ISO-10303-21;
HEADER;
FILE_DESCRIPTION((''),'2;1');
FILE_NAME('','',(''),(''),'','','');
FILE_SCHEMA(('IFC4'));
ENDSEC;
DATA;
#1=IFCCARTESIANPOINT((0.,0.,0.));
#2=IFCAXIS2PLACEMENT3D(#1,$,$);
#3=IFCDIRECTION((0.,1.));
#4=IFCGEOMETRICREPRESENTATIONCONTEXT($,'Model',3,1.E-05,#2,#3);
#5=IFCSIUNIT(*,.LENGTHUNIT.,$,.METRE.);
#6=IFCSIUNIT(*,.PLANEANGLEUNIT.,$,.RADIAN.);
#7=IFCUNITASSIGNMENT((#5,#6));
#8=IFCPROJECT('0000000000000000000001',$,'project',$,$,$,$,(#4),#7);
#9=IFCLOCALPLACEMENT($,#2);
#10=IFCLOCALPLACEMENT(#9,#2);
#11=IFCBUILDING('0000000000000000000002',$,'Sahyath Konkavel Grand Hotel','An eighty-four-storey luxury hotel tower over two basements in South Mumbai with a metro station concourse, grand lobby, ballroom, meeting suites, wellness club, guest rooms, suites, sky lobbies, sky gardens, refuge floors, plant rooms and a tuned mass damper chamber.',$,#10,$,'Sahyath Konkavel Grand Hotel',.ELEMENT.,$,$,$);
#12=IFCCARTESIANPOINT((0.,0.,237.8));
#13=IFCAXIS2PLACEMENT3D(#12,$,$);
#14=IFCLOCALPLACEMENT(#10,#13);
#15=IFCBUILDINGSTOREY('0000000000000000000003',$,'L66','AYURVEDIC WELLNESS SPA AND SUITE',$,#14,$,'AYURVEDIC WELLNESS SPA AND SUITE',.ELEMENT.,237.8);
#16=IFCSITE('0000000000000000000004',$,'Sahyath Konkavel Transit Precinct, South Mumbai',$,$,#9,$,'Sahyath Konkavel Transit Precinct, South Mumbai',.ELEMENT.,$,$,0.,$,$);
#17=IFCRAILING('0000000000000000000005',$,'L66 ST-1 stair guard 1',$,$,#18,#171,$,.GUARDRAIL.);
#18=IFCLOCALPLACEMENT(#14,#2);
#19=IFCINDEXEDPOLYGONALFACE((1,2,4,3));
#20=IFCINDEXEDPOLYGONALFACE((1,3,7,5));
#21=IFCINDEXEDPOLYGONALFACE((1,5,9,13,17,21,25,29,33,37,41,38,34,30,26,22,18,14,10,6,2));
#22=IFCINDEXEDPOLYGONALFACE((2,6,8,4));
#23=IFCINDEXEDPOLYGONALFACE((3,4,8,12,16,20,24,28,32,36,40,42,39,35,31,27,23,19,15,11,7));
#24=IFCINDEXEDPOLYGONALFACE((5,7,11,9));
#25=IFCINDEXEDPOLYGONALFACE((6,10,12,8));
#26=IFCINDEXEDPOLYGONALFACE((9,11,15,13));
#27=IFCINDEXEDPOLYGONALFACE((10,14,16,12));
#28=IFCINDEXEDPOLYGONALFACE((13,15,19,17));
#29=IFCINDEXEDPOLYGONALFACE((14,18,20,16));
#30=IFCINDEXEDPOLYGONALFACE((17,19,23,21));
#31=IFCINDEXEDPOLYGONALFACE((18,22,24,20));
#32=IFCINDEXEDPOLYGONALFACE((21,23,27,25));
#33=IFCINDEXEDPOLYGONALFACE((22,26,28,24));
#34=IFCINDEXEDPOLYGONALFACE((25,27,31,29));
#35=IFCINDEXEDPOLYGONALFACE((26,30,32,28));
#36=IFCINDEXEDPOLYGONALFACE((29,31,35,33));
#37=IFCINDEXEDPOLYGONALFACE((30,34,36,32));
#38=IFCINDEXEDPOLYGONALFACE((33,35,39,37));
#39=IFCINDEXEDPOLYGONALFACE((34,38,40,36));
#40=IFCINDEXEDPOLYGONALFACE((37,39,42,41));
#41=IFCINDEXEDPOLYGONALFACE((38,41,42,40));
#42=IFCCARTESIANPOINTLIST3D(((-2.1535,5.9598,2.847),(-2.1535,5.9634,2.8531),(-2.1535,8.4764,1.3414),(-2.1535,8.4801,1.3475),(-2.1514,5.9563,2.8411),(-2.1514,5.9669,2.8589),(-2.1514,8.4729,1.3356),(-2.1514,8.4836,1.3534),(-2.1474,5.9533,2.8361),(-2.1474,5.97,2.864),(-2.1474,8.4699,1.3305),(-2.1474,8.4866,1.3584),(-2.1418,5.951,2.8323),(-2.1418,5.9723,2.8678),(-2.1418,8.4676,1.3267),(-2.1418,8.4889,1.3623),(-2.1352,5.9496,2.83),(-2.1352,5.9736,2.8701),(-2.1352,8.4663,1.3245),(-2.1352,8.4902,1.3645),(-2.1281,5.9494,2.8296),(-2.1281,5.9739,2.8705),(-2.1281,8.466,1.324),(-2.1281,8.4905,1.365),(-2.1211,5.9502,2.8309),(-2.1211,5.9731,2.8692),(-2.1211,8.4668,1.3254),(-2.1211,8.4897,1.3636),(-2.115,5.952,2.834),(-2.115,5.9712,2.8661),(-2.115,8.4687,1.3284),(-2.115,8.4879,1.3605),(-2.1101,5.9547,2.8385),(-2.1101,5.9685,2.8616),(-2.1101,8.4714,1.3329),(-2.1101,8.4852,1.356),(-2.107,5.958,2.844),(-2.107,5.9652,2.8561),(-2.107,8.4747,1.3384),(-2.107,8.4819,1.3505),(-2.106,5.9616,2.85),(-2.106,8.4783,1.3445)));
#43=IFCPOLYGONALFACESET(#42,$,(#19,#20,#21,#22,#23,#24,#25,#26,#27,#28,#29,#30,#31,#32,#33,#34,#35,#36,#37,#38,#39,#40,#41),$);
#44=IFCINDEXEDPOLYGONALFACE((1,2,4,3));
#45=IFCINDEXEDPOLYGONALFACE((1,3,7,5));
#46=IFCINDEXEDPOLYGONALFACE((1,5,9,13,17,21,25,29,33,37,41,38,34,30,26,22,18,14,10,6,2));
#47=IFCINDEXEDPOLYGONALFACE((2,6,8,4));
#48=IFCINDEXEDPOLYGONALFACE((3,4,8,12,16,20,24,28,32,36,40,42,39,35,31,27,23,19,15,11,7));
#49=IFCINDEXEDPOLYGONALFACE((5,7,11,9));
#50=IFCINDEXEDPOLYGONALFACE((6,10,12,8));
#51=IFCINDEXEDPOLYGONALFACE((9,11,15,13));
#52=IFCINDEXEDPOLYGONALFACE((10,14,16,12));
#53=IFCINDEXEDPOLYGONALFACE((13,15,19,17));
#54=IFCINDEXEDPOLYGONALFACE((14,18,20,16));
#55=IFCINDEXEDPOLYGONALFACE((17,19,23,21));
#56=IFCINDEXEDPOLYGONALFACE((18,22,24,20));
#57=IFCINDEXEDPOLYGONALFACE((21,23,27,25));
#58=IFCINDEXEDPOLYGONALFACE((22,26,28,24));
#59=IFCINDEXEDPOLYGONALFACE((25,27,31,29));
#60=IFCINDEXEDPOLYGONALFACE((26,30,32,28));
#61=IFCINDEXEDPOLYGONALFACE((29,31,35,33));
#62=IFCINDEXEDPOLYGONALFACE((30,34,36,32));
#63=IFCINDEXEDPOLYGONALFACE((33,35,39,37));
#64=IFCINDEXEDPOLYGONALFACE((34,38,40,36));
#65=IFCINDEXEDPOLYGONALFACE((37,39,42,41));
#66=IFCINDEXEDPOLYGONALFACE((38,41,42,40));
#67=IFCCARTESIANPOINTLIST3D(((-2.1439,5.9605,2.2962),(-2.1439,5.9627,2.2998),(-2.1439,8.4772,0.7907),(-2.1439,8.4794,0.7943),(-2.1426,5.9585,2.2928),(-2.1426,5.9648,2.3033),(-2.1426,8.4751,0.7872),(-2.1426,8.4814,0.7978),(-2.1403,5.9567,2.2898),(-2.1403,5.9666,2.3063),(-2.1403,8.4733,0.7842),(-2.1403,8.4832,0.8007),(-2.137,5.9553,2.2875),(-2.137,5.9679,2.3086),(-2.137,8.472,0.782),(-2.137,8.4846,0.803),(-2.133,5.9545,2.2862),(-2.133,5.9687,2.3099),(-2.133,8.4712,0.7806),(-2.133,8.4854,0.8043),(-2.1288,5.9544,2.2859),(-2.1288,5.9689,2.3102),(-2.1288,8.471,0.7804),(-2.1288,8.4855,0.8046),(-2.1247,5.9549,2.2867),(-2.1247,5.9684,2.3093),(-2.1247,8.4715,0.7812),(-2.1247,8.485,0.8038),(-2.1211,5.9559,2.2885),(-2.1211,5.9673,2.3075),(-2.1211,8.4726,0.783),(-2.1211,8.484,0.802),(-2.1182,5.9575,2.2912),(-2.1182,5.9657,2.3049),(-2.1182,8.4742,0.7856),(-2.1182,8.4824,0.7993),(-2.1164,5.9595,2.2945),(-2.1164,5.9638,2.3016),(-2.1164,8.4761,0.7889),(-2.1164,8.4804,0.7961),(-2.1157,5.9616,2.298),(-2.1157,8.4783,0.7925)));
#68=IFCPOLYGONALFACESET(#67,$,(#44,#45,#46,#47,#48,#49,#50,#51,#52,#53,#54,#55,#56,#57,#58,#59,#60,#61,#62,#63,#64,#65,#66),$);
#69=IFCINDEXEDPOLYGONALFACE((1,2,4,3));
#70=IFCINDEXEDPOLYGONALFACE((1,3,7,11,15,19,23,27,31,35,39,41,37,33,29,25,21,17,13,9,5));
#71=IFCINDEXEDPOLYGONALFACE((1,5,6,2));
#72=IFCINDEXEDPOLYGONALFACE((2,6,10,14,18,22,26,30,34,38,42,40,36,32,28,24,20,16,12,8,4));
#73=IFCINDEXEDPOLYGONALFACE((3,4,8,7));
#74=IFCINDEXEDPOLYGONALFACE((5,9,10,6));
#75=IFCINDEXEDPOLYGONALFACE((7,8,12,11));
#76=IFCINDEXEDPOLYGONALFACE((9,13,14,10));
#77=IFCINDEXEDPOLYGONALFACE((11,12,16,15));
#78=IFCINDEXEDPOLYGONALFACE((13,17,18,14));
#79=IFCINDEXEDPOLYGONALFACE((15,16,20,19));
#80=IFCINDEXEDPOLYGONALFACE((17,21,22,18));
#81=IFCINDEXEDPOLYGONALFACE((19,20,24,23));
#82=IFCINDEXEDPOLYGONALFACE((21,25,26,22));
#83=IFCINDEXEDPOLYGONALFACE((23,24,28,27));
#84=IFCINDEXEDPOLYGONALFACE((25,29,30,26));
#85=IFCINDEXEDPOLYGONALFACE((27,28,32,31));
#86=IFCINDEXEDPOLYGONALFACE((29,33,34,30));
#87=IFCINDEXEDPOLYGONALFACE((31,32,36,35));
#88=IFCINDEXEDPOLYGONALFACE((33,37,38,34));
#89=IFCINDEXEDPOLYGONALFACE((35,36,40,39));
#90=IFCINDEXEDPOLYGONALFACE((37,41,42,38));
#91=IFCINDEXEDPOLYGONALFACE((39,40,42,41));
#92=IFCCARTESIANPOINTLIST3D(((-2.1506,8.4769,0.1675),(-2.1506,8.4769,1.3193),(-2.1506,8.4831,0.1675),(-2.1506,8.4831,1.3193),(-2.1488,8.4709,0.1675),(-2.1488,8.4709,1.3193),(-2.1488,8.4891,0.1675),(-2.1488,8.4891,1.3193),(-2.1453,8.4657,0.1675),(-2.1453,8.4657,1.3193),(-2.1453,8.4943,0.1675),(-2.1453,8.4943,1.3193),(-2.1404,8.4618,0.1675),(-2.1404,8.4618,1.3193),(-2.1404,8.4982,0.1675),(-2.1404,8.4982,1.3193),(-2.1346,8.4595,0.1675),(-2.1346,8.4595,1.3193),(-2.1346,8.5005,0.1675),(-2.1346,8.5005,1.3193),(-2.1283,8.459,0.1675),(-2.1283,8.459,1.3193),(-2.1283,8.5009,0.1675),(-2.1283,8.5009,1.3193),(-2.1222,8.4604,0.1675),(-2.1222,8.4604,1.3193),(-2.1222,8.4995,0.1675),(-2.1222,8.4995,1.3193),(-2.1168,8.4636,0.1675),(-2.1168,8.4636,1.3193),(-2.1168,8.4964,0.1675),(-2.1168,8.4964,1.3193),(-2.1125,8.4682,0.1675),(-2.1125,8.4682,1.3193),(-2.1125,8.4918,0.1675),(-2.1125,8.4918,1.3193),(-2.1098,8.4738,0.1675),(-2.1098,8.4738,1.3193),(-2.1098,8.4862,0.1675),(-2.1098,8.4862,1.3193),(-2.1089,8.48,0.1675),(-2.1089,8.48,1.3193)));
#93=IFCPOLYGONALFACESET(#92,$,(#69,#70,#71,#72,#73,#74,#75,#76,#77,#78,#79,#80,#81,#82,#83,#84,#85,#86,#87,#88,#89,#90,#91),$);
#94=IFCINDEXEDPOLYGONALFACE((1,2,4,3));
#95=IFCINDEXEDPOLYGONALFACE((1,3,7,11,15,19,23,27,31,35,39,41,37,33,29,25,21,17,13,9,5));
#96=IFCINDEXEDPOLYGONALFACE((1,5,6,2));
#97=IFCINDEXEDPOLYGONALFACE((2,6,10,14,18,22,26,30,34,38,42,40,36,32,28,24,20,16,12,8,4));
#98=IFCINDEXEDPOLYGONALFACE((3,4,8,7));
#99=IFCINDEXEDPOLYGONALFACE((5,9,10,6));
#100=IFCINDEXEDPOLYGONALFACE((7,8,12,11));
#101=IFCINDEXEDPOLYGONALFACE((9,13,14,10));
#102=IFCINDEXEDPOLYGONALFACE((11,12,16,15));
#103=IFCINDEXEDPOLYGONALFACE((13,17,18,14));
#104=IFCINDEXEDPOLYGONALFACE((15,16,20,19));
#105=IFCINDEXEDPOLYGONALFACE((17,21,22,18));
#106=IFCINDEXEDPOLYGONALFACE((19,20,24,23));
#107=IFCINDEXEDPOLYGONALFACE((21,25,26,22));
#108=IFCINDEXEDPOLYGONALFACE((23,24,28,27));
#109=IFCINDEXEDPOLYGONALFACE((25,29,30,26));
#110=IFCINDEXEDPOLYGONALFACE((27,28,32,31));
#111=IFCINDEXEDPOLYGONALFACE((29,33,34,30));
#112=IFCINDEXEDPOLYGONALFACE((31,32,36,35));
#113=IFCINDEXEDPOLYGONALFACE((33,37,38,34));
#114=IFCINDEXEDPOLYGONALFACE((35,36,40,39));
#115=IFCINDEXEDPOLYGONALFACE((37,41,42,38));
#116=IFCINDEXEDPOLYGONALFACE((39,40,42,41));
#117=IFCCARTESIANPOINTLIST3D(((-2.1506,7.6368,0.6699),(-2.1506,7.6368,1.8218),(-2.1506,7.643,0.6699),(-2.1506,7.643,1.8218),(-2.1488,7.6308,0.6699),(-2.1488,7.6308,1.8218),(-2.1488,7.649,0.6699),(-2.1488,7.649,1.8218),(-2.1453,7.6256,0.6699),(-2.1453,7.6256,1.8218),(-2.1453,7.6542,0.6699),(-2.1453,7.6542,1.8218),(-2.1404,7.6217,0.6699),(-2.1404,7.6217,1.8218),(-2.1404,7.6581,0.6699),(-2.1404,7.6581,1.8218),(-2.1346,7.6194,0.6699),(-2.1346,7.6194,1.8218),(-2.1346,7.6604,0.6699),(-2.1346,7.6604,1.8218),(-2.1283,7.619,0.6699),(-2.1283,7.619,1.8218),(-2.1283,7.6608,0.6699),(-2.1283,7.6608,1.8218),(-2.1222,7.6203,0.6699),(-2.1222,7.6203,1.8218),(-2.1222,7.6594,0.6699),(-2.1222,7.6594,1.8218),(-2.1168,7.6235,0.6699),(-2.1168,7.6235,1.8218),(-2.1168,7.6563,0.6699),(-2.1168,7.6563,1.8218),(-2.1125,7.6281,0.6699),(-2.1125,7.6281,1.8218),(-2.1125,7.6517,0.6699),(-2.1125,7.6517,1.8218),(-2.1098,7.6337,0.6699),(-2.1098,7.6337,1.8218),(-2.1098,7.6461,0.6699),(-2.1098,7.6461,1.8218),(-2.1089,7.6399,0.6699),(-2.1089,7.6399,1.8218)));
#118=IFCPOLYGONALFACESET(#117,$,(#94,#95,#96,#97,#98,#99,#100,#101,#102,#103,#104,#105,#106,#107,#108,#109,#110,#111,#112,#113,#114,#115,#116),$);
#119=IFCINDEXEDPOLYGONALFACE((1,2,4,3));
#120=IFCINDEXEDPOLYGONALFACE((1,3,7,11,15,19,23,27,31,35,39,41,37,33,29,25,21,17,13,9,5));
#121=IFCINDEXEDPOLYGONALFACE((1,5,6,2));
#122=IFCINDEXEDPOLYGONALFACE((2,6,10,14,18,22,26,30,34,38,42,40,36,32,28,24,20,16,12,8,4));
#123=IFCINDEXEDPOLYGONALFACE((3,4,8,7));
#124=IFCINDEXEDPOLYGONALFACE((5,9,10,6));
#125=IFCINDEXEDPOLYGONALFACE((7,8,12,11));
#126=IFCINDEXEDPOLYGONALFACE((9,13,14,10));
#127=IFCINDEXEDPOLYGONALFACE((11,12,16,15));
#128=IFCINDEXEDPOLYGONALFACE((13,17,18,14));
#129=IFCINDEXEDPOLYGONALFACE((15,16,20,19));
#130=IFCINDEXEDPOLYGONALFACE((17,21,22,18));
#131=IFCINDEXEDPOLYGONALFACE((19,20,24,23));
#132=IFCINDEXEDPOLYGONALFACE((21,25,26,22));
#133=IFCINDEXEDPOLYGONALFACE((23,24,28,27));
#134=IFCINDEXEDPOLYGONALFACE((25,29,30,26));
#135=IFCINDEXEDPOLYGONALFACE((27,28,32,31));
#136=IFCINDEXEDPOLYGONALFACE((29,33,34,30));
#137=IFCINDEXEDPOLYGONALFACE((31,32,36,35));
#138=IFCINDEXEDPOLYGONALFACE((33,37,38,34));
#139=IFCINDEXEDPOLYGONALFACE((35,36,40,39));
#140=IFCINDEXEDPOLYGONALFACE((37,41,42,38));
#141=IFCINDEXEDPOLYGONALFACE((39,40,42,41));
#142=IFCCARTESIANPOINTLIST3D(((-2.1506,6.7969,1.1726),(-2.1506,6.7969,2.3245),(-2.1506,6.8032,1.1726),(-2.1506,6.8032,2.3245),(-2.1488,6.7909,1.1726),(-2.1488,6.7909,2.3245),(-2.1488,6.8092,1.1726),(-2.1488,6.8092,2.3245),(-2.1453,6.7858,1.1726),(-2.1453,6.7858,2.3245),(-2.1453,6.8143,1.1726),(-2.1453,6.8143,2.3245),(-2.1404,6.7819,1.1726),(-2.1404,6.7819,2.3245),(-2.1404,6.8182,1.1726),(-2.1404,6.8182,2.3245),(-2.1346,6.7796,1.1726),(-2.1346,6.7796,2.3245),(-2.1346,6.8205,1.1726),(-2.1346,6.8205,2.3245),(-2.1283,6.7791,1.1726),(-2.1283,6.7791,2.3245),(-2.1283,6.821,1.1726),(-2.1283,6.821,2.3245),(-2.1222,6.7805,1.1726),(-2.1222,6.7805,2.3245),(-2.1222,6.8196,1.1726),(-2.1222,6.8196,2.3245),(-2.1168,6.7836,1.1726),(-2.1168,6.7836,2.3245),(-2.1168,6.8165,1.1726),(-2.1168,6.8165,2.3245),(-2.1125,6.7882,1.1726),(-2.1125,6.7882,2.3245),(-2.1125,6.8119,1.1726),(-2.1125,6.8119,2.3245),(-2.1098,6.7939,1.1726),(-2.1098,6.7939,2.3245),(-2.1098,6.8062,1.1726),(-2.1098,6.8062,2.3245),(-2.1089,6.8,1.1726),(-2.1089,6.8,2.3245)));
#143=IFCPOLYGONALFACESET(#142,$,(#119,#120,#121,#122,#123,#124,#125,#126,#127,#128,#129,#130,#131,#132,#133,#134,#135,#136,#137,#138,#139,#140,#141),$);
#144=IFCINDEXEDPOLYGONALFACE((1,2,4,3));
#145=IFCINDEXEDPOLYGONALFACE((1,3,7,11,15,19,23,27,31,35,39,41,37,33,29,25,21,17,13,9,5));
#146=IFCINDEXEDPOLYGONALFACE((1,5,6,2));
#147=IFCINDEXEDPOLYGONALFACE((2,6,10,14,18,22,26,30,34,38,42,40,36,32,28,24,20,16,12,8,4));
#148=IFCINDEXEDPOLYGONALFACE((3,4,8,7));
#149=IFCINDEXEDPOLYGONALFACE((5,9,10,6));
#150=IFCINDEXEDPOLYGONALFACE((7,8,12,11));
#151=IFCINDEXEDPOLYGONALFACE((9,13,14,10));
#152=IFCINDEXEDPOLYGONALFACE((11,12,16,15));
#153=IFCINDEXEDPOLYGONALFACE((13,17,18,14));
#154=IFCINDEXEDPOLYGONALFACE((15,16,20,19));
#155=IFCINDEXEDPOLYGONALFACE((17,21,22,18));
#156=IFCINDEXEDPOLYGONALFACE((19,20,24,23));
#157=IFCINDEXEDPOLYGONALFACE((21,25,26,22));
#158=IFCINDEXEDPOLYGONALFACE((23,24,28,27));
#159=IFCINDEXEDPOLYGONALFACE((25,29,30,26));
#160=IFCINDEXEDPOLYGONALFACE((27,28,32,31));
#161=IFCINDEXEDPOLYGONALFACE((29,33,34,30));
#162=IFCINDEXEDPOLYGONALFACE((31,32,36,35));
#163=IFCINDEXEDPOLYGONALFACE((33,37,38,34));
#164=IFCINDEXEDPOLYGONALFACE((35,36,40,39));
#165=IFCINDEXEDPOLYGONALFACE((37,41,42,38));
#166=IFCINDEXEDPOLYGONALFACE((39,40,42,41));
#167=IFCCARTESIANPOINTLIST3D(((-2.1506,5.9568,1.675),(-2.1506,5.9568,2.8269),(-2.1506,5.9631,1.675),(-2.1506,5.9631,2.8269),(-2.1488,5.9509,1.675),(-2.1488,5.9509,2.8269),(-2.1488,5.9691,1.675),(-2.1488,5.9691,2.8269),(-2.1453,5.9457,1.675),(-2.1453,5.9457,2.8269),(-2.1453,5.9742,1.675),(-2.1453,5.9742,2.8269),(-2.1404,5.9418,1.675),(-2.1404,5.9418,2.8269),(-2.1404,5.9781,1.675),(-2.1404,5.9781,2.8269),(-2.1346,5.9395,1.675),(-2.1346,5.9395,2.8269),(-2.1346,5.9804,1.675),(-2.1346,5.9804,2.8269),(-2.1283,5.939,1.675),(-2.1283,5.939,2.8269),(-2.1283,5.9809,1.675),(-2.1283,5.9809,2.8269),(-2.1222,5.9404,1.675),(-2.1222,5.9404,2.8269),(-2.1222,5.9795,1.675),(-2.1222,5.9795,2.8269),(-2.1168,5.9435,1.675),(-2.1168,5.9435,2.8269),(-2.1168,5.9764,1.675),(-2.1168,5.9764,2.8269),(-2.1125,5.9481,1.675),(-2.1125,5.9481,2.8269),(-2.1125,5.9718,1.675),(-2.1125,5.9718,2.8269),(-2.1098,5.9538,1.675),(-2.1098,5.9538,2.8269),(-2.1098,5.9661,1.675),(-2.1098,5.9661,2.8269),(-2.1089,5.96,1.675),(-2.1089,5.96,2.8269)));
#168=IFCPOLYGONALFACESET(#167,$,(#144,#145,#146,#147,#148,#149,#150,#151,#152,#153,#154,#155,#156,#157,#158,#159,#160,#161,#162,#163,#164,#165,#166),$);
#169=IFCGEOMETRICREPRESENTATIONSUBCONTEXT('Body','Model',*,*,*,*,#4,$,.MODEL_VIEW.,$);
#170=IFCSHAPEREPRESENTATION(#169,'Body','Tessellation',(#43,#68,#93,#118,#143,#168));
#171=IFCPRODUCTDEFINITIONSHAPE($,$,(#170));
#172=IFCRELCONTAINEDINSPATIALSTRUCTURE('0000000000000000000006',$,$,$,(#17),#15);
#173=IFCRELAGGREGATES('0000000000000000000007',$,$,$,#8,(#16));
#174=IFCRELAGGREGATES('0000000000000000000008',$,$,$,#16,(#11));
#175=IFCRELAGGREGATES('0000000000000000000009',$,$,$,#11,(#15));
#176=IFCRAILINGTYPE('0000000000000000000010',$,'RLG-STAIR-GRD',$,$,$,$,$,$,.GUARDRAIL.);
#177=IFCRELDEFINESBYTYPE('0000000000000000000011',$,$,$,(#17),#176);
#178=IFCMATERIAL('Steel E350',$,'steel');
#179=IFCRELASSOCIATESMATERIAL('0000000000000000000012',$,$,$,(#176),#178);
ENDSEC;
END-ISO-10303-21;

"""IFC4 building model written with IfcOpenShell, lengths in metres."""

from ifc_helpers import new_model, si_unit, direction, frame, origin, origin_2d, place, context, subcontext, project, spatial, circle, extrude, material, type_object, element, save


model = new_model("IFC4")

# Units and contexts
model_context = context("Model", 3, precision=1e-05, world=origin(), true_north=direction((0.0, 1.0)))
body_context = subcontext(model_context, "Body", "Model", "MODEL_VIEW")
ifc_project = project(units=[si_unit("LENGTHUNIT", "METRE"), si_unit("PLANEANGLEUNIT", "RADIAN")], contexts=[model_context])

# Site, building, storey
site_placement = place(None, origin())
site = spatial("IfcSite", under=ifc_project, at=site_placement, Name="Sahyath Konkavel Transit Precinct, South Mumbai", LongName="Sahyath Konkavel Transit Precinct, South Mumbai", CompositionType="ELEMENT", RefElevation=0.0)
building_placement = place(site_placement, origin())
building = spatial("IfcBuilding", under=site, at=building_placement, Name="Sahyath Konkavel Grand Hotel", Description="An eighty-four-storey luxury hotel tower over two basements in South Mumbai with a metro station concourse, grand lobby, ballroom, meeting suites, wellness club, guest rooms, suites, sky lobbies, sky gardens, refuge floors, plant rooms and a tuned mass damper chamber.", LongName="Sahyath Konkavel Grand Hotel", CompositionType="ELEMENT")
storey_placement = place(building_placement, frame((0.0, 0.0, 237.8)))
storey = spatial("IfcBuildingStorey", under=building, at=storey_placement, Name="L66", Description="AYURVEDIC WELLNESS SPA AND SUITE", LongName="AYURVEDIC WELLNESS SPA AND SUITE", CompositionType="ELEMENT", Elevation=237.8)

# Shared definitions
ifc_material_1 = material(Name="Steel E350", Category="steel")

# Railing
railing_type_1 = type_object("IfcRailingType", Name="RLG-STAIR-GRD", PredefinedType="GUARDRAIL", material=ifc_material_1)
railing_1_placement = place(storey_placement, frame((-2.1299, 8.48, 0.1675)))
element("IfcRailing", 1, at=railing_1_placement, inside=storey, type_object=railing_type_1, Name="L66 ST-1 stair guard 1", PredefinedType="GUARDRAIL", context=body_context, shape_type="SweptSolid", body=[
    extrude(circle(Radius=0.0239, at=origin_2d()), frame((0.0, -0.0017, 1.177), z_axis=(0.0, -0.85816, 0.513383), x_axis=(1.0, 0.0, 0.0)), (0.0, 0.0, 1.0), 2.9326),
    extrude(circle(Radius=0.0142, at=origin_2d()), frame((0.0, -0.0017, 0.625), z_axis=(0.0, -0.85816, 0.513383), x_axis=(1.0, 0.0, 0.0)), (0.0, 0.0, 1.0), 2.9326),
    extrude(circle(Radius=0.021, at=origin_2d()), origin(), (0.0, 0.0, 1.0), 1.1519),
    extrude(circle(Radius=0.021, at=origin_2d()), frame((0.0, -0.8401, 0.5024)), (0.0, 0.0, 1.0), 1.1519),
    extrude(circle(Radius=0.021, at=origin_2d()), frame((0.0, -1.6799, 1.0051)), (0.0, 0.0, 1.0), 1.1519),
    extrude(circle(Radius=0.021, at=origin_2d()), frame((0.0, -2.52, 1.5076)), (0.0, 0.0, 1.0), 1.1519),
])

save(model, "model.ifc")
